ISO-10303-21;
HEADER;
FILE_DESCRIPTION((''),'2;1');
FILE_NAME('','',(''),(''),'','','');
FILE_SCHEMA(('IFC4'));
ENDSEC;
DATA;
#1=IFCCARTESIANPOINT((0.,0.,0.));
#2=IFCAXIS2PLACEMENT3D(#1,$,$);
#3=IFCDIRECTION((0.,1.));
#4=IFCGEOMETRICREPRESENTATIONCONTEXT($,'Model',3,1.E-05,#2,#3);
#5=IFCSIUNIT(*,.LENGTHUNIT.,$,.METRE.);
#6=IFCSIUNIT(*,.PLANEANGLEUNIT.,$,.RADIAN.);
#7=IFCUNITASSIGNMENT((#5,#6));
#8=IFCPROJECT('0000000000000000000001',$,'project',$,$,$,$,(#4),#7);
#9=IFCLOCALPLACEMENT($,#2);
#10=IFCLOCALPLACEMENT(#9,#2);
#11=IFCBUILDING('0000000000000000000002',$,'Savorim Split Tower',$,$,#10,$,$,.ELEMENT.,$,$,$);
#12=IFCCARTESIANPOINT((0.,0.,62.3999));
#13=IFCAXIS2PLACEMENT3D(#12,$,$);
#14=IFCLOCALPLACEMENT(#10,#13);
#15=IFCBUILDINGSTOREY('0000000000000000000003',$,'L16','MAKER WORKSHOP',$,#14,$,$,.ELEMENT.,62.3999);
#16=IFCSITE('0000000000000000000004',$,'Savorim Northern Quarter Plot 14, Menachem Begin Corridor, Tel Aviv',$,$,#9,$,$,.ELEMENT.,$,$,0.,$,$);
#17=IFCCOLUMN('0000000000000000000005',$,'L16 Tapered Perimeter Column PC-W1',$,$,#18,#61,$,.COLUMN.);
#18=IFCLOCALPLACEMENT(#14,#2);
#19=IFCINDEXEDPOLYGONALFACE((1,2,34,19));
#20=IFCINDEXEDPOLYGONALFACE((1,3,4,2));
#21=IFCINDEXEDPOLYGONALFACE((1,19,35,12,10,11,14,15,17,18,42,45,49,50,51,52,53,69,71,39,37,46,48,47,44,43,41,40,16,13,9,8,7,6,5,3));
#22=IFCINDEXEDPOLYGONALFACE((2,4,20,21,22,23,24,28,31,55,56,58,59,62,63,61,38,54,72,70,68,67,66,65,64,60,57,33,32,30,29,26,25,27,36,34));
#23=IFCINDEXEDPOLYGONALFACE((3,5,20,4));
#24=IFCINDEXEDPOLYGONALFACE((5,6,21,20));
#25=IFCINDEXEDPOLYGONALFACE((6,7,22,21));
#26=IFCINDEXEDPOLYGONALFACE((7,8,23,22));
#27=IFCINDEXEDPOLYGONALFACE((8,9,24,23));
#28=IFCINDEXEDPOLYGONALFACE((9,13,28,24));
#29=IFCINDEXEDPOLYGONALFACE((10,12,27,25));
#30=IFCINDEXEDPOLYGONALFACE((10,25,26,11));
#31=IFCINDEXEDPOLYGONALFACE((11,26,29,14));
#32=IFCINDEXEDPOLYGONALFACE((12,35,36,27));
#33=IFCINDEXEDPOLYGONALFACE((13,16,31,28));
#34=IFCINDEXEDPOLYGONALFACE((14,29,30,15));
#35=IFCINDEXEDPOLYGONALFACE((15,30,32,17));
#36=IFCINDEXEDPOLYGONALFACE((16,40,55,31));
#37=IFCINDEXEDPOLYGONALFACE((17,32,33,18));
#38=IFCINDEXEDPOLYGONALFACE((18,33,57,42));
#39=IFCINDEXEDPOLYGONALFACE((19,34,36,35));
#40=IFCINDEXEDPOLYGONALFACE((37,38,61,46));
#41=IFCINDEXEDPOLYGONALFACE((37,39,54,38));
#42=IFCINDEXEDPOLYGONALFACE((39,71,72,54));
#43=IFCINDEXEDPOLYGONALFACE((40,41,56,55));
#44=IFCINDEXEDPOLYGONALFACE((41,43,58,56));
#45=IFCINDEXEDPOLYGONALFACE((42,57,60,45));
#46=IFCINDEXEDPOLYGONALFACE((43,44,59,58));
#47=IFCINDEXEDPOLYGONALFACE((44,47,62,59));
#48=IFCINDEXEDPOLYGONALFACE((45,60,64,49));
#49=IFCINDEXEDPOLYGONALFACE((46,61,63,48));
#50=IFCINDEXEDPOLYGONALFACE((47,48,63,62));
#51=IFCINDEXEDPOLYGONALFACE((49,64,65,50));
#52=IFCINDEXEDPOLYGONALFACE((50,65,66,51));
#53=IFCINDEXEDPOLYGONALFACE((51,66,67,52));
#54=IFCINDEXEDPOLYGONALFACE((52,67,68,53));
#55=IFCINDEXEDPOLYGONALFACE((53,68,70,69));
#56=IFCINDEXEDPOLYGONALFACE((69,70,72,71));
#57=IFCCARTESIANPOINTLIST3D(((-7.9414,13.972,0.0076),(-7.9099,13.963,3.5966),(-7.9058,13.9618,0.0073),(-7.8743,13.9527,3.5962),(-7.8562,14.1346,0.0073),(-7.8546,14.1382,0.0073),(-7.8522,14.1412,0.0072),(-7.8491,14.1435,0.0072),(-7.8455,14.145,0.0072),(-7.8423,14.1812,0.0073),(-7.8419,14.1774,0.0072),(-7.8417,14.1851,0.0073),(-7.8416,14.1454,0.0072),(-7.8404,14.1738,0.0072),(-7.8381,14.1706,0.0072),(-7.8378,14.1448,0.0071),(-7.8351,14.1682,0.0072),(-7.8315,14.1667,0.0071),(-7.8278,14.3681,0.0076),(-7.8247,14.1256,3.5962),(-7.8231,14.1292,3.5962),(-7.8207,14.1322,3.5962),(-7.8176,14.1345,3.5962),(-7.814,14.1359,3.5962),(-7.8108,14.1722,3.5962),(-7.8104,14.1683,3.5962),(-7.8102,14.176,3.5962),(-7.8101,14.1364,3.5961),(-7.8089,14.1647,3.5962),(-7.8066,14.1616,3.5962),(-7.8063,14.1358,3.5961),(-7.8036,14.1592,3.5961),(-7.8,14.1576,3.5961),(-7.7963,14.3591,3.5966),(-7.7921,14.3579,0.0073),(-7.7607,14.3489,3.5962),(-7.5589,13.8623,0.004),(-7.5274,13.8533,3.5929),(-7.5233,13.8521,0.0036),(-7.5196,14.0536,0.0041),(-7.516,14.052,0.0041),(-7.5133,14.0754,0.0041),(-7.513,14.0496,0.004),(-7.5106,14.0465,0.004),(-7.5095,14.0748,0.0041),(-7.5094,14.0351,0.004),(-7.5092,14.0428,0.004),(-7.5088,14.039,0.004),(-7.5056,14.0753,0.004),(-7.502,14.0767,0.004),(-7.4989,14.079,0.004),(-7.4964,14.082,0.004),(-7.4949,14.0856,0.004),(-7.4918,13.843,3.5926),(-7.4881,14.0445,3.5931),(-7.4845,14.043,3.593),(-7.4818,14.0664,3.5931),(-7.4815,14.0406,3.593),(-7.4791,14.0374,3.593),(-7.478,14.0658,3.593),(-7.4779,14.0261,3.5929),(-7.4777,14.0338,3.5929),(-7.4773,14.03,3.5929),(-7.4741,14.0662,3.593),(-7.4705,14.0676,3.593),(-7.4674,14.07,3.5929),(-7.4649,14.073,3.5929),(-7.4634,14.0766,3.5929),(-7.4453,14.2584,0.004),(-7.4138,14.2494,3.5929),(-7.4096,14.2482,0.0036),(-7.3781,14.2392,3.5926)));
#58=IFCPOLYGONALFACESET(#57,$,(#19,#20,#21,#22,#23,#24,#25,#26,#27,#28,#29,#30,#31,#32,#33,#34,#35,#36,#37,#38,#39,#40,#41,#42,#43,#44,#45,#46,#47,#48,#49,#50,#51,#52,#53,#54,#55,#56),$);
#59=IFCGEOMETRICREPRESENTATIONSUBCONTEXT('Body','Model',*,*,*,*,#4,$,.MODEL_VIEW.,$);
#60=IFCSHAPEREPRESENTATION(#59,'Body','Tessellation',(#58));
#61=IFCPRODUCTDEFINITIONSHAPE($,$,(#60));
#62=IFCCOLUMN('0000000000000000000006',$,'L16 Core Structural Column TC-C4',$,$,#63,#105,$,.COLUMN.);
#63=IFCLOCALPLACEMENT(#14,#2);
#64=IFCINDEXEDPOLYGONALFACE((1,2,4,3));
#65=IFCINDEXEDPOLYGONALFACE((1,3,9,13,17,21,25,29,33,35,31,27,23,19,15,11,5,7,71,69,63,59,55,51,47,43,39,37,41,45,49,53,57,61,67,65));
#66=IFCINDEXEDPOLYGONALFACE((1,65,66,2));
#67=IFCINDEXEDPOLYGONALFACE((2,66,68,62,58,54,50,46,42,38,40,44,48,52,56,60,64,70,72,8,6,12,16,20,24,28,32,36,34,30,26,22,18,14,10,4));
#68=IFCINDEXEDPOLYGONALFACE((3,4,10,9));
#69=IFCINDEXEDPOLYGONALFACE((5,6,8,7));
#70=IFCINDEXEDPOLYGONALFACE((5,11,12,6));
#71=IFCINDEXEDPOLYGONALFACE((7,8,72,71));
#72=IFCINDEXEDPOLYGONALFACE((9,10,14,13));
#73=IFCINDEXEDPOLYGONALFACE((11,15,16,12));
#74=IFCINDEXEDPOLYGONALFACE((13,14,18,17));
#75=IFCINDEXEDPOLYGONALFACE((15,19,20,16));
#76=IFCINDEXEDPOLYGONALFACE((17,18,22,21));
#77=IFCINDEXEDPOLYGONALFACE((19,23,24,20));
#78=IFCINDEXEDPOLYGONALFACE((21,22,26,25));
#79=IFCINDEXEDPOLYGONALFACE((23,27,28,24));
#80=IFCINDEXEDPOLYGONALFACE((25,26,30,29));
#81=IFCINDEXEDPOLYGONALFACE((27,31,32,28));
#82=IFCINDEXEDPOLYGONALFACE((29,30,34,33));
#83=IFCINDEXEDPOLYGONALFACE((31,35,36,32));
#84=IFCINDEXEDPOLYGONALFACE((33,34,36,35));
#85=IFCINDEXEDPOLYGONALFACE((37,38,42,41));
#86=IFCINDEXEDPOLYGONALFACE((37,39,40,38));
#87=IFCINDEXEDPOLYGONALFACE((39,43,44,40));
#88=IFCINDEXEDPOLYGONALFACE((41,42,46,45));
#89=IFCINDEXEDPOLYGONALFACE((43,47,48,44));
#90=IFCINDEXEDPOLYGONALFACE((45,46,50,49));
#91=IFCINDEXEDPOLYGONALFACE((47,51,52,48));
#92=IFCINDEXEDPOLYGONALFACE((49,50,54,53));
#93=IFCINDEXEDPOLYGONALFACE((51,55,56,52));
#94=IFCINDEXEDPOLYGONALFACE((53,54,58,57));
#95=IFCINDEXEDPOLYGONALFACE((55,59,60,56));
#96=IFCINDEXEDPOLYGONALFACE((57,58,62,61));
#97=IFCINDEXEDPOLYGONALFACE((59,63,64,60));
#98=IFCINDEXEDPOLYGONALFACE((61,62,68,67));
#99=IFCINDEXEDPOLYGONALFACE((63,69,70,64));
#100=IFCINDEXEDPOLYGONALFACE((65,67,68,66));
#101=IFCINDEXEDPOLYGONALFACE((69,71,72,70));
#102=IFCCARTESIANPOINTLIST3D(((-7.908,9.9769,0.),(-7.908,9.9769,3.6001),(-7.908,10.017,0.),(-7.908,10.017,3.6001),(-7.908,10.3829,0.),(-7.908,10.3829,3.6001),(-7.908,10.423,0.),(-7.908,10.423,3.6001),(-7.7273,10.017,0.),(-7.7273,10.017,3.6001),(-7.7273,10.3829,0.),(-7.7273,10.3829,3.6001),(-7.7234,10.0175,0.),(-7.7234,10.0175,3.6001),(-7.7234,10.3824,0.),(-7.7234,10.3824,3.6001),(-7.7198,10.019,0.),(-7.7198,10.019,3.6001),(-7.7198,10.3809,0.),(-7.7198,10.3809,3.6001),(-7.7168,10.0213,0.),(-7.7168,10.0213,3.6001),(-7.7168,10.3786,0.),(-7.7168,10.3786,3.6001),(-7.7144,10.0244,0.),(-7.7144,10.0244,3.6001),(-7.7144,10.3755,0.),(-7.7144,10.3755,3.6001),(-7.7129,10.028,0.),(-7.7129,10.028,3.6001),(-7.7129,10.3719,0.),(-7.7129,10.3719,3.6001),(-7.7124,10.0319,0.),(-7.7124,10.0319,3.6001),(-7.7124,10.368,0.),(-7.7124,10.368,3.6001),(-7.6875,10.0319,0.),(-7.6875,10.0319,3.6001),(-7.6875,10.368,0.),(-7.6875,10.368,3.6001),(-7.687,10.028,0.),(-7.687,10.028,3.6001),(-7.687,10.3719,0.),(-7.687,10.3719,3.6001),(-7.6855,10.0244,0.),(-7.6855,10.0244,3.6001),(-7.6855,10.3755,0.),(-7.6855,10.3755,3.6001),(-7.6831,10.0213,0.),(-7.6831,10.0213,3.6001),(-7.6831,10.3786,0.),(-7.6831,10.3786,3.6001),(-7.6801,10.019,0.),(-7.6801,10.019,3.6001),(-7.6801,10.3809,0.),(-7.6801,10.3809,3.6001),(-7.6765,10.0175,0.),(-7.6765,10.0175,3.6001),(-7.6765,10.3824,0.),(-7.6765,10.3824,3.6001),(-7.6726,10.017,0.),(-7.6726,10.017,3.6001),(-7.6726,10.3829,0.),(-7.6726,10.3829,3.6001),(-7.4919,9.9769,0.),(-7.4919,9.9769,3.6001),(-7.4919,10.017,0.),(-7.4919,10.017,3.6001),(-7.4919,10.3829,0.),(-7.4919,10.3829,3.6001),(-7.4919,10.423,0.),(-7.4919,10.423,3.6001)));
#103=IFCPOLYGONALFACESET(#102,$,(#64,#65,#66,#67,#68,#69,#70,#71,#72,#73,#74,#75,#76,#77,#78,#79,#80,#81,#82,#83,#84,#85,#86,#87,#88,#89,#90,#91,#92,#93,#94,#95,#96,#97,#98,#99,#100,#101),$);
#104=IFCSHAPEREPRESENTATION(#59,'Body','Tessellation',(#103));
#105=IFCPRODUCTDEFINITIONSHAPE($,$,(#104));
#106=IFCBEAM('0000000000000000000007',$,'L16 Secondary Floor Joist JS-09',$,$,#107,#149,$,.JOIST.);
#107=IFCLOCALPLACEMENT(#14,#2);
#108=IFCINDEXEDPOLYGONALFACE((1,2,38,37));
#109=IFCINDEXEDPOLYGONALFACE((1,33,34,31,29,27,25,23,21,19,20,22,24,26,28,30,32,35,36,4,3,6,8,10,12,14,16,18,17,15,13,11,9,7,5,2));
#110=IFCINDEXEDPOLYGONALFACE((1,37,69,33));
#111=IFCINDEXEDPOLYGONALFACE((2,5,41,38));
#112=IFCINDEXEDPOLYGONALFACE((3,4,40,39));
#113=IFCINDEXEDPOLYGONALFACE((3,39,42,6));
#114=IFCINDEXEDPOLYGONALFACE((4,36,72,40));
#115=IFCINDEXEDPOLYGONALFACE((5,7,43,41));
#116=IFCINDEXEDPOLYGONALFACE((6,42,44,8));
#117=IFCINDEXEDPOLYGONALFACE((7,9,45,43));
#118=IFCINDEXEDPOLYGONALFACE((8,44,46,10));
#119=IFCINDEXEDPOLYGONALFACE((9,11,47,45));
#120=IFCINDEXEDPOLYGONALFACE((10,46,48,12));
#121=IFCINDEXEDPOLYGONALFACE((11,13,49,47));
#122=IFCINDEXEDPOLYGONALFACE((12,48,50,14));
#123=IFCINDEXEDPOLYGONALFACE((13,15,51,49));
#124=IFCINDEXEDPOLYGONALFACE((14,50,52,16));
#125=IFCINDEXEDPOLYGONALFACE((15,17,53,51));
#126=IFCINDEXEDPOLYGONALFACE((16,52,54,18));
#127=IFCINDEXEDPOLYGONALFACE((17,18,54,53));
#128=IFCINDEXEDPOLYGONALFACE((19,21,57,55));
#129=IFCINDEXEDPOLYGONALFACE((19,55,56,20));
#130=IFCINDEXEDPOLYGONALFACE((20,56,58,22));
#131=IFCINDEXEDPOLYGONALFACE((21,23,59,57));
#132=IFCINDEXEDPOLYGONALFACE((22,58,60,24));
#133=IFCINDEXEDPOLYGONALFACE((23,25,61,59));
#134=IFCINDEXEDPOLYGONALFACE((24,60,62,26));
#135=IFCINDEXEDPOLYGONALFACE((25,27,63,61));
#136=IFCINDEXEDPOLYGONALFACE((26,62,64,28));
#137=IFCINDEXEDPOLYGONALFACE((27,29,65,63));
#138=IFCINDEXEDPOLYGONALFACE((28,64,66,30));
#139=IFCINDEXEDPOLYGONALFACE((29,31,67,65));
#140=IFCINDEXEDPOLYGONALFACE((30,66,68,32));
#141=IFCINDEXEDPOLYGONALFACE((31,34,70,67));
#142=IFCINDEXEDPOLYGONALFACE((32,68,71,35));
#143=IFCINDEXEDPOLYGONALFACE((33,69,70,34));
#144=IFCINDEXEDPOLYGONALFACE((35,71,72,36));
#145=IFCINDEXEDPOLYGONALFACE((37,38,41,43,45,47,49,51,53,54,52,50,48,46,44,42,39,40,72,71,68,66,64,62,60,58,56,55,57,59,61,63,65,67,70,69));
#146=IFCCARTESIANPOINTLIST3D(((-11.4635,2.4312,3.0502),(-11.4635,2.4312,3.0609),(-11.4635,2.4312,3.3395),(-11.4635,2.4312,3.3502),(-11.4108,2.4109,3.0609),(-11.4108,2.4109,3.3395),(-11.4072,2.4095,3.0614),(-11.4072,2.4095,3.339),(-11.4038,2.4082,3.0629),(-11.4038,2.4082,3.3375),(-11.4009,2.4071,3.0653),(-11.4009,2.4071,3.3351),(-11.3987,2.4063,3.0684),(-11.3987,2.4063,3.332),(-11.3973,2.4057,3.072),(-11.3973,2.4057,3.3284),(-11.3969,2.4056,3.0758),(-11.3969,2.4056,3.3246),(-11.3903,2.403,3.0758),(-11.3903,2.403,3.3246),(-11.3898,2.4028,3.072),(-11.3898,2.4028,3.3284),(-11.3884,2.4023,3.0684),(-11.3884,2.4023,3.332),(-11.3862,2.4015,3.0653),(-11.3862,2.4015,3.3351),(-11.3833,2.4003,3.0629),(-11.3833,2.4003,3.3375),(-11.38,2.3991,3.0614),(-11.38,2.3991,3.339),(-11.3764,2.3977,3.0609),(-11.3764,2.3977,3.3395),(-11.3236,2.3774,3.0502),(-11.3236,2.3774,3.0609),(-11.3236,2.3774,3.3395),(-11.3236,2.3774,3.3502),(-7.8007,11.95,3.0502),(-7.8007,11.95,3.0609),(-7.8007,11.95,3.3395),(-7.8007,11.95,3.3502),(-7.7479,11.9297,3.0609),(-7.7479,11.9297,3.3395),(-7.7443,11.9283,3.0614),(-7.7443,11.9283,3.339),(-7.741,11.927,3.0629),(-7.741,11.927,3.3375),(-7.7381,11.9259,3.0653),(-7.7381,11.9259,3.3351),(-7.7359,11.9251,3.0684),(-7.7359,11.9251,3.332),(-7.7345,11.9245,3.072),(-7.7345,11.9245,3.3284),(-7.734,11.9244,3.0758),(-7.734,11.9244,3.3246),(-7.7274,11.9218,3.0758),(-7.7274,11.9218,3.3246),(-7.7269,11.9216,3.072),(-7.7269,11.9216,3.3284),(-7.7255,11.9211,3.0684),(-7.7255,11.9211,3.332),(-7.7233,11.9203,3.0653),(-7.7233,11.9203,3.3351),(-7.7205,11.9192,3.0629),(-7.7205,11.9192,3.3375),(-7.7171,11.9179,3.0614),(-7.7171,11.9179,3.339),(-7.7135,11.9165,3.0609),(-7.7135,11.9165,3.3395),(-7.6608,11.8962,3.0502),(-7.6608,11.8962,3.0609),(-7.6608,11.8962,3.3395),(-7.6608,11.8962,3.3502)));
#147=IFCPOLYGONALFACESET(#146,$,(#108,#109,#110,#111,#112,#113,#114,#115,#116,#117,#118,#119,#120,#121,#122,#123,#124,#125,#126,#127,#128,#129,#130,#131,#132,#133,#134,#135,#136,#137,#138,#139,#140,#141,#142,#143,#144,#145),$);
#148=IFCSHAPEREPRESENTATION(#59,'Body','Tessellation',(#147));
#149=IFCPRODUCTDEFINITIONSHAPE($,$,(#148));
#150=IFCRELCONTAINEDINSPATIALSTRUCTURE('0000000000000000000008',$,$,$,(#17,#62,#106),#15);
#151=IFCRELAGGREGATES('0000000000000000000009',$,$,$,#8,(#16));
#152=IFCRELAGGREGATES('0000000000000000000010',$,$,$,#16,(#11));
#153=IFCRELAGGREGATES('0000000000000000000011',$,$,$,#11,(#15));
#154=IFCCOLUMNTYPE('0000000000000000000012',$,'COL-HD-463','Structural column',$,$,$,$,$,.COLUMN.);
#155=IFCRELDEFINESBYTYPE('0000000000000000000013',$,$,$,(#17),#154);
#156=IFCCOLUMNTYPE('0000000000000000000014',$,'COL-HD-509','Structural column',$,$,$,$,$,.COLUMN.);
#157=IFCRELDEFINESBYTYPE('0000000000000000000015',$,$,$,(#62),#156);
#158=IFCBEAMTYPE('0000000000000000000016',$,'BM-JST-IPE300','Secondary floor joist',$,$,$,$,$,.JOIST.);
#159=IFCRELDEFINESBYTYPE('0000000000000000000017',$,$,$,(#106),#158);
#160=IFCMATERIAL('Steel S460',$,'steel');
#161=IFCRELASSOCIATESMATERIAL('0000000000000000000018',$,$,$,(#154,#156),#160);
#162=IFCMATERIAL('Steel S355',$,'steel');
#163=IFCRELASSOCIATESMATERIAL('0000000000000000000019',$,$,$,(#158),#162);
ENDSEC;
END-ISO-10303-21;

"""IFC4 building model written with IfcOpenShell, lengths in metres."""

from ifc_helpers import new_model, si_unit, direction, frame, origin, origin_2d, place, context, subcontext, project, spatial, i_section, extrude, material, material_profile, profile_set, type_object, element, save


model = new_model("IFC4")

# Units and contexts
model_context = context("Model", 3, precision=1e-05, world=origin(), true_north=direction((0.0, 1.0)))
body_context = subcontext(model_context, "Body", "Model", "MODEL_VIEW")
ifc_project = project(units=[si_unit("LENGTHUNIT", "METRE"), si_unit("PLANEANGLEUNIT", "RADIAN")], contexts=[model_context])

# Site, building, storey
site_placement = place(None, origin())
site = spatial("IfcSite", under=ifc_project, at=site_placement, Name="Savorim Northern Quarter Plot 14, Menachem Begin Corridor, Tel Aviv", CompositionType="ELEMENT", RefElevation=0.0)
building_placement = place(site_placement, origin())
building = spatial("IfcBuilding", under=site, at=building_placement, Name="Savorim Split Tower", CompositionType="ELEMENT")
storey_placement = place(building_placement, frame((0.0, 0.0, 62.3999)))
storey = spatial("IfcBuildingStorey", under=building, at=storey_placement, Name="L16", Description="MAKER WORKSHOP", CompositionType="ELEMENT", Elevation=62.3999)

# Columns
ifc_material_1 = material(Name="Steel S460", Category="steel")
ifc_material_profile_1 = material_profile(ifc_material_1, i_section(OverallWidth=0.4121, OverallDepth=0.4351, WebThickness=0.0227, FlangeThickness=0.0371, FilletRadius=0.0149, at=origin_2d()), Name="HD 400x463")
ifc_profile_set_1 = profile_set([ifc_material_profile_1], Name="Steel S460")
column_type_1 = type_object("IfcColumnType", Name="COL-HD-463", Description="Structural column", PredefinedType="COLUMN", material=ifc_profile_set_1)
column_1_placement = place(storey_placement, frame((-7.6755, 14.1101, 0.0056), z_axis=(0.008775, -0.002517, 0.999958), x_axis=(0.275705, 0.961242, 0.0)))
element("IfcColumn", 1, at=column_1_placement, inside=storey, type_object=column_type_1, Name="L16 Tapered Perimeter Column PC-W1", PredefinedType="COLUMN", context=body_context, shape_type="SweptSolid", body=[
    extrude(i_section(OverallWidth=0.4121, OverallDepth=0.4351, WebThickness=0.0227, FlangeThickness=0.0371, FilletRadius=0.0149, at=origin_2d()), origin(), (0.0, 0.0, 1.0), 3.5891),
])
ifc_material_profile_2 = material_profile(ifc_material_1, i_section(OverallWidth=0.416, OverallDepth=0.446, WebThickness=0.0249, FlangeThickness=0.04, FilletRadius=0.0149, at=origin_2d()), Name="HD 400x509")
ifc_profile_set_2 = profile_set([ifc_material_profile_2], Name="Steel S460")
column_type_2 = type_object("IfcColumnType", Name="COL-HD-509", Description="Structural column", PredefinedType="COLUMN", material=ifc_profile_set_2)
column_2_placement = place(storey_placement, frame((-7.7, 10.2, 0.0), z_axis=(0.0, 0.0, 1.0), x_axis=(1.0, 0.0, 0.0)))
element("IfcColumn", 2, at=column_2_placement, inside=storey, type_object=column_type_2, Name="L16 Core Structural Column TC-C4", PredefinedType="COLUMN", context=body_context, shape_type="SweptSolid", body=[
    extrude(i_section(OverallWidth=0.416, OverallDepth=0.446, WebThickness=0.0249, FlangeThickness=0.04, FilletRadius=0.0149, at=origin_2d()), origin(), (0.0, 0.0, 1.0), 3.6001),
])

# Beam
ifc_material_2 = material(Name="Steel S355", Category="steel")
ifc_material_profile_3 = material_profile(ifc_material_2, i_section(OverallWidth=0.1499, OverallDepth=0.3, WebThickness=0.0071, FlangeThickness=0.0107, FilletRadius=0.0149, at=origin_2d()), Name="IPE 300")
ifc_profile_set_3 = profile_set([ifc_material_profile_3], Name="Steel S355")
beam_type_1 = type_object("IfcBeamType", Name="BM-JST-IPE300", Description="Secondary floor joist", PredefinedType="JOIST", material=ifc_profile_set_3)
beam_1_placement = place(storey_placement, frame((-7.7307, 11.9231, 3.2002), z_axis=(-0.35913, -0.933288, 0.0), x_axis=(0.933288, -0.35913, 0.0)))
element("IfcBeam", 3, at=beam_1_placement, inside=storey, type_object=beam_type_1, Name="L16 Secondary Floor Joist JS-09", PredefinedType="JOIST", context=body_context, shape_type="SweptSolid", body=[
    extrude(i_section(OverallWidth=0.1499, OverallDepth=0.3, WebThickness=0.0071, FlangeThickness=0.0107, FilletRadius=0.0149, at=origin_2d()), origin(), (0.0, 0.0, 1.0), 10.1992),
])

save(model, "model.ifc")
